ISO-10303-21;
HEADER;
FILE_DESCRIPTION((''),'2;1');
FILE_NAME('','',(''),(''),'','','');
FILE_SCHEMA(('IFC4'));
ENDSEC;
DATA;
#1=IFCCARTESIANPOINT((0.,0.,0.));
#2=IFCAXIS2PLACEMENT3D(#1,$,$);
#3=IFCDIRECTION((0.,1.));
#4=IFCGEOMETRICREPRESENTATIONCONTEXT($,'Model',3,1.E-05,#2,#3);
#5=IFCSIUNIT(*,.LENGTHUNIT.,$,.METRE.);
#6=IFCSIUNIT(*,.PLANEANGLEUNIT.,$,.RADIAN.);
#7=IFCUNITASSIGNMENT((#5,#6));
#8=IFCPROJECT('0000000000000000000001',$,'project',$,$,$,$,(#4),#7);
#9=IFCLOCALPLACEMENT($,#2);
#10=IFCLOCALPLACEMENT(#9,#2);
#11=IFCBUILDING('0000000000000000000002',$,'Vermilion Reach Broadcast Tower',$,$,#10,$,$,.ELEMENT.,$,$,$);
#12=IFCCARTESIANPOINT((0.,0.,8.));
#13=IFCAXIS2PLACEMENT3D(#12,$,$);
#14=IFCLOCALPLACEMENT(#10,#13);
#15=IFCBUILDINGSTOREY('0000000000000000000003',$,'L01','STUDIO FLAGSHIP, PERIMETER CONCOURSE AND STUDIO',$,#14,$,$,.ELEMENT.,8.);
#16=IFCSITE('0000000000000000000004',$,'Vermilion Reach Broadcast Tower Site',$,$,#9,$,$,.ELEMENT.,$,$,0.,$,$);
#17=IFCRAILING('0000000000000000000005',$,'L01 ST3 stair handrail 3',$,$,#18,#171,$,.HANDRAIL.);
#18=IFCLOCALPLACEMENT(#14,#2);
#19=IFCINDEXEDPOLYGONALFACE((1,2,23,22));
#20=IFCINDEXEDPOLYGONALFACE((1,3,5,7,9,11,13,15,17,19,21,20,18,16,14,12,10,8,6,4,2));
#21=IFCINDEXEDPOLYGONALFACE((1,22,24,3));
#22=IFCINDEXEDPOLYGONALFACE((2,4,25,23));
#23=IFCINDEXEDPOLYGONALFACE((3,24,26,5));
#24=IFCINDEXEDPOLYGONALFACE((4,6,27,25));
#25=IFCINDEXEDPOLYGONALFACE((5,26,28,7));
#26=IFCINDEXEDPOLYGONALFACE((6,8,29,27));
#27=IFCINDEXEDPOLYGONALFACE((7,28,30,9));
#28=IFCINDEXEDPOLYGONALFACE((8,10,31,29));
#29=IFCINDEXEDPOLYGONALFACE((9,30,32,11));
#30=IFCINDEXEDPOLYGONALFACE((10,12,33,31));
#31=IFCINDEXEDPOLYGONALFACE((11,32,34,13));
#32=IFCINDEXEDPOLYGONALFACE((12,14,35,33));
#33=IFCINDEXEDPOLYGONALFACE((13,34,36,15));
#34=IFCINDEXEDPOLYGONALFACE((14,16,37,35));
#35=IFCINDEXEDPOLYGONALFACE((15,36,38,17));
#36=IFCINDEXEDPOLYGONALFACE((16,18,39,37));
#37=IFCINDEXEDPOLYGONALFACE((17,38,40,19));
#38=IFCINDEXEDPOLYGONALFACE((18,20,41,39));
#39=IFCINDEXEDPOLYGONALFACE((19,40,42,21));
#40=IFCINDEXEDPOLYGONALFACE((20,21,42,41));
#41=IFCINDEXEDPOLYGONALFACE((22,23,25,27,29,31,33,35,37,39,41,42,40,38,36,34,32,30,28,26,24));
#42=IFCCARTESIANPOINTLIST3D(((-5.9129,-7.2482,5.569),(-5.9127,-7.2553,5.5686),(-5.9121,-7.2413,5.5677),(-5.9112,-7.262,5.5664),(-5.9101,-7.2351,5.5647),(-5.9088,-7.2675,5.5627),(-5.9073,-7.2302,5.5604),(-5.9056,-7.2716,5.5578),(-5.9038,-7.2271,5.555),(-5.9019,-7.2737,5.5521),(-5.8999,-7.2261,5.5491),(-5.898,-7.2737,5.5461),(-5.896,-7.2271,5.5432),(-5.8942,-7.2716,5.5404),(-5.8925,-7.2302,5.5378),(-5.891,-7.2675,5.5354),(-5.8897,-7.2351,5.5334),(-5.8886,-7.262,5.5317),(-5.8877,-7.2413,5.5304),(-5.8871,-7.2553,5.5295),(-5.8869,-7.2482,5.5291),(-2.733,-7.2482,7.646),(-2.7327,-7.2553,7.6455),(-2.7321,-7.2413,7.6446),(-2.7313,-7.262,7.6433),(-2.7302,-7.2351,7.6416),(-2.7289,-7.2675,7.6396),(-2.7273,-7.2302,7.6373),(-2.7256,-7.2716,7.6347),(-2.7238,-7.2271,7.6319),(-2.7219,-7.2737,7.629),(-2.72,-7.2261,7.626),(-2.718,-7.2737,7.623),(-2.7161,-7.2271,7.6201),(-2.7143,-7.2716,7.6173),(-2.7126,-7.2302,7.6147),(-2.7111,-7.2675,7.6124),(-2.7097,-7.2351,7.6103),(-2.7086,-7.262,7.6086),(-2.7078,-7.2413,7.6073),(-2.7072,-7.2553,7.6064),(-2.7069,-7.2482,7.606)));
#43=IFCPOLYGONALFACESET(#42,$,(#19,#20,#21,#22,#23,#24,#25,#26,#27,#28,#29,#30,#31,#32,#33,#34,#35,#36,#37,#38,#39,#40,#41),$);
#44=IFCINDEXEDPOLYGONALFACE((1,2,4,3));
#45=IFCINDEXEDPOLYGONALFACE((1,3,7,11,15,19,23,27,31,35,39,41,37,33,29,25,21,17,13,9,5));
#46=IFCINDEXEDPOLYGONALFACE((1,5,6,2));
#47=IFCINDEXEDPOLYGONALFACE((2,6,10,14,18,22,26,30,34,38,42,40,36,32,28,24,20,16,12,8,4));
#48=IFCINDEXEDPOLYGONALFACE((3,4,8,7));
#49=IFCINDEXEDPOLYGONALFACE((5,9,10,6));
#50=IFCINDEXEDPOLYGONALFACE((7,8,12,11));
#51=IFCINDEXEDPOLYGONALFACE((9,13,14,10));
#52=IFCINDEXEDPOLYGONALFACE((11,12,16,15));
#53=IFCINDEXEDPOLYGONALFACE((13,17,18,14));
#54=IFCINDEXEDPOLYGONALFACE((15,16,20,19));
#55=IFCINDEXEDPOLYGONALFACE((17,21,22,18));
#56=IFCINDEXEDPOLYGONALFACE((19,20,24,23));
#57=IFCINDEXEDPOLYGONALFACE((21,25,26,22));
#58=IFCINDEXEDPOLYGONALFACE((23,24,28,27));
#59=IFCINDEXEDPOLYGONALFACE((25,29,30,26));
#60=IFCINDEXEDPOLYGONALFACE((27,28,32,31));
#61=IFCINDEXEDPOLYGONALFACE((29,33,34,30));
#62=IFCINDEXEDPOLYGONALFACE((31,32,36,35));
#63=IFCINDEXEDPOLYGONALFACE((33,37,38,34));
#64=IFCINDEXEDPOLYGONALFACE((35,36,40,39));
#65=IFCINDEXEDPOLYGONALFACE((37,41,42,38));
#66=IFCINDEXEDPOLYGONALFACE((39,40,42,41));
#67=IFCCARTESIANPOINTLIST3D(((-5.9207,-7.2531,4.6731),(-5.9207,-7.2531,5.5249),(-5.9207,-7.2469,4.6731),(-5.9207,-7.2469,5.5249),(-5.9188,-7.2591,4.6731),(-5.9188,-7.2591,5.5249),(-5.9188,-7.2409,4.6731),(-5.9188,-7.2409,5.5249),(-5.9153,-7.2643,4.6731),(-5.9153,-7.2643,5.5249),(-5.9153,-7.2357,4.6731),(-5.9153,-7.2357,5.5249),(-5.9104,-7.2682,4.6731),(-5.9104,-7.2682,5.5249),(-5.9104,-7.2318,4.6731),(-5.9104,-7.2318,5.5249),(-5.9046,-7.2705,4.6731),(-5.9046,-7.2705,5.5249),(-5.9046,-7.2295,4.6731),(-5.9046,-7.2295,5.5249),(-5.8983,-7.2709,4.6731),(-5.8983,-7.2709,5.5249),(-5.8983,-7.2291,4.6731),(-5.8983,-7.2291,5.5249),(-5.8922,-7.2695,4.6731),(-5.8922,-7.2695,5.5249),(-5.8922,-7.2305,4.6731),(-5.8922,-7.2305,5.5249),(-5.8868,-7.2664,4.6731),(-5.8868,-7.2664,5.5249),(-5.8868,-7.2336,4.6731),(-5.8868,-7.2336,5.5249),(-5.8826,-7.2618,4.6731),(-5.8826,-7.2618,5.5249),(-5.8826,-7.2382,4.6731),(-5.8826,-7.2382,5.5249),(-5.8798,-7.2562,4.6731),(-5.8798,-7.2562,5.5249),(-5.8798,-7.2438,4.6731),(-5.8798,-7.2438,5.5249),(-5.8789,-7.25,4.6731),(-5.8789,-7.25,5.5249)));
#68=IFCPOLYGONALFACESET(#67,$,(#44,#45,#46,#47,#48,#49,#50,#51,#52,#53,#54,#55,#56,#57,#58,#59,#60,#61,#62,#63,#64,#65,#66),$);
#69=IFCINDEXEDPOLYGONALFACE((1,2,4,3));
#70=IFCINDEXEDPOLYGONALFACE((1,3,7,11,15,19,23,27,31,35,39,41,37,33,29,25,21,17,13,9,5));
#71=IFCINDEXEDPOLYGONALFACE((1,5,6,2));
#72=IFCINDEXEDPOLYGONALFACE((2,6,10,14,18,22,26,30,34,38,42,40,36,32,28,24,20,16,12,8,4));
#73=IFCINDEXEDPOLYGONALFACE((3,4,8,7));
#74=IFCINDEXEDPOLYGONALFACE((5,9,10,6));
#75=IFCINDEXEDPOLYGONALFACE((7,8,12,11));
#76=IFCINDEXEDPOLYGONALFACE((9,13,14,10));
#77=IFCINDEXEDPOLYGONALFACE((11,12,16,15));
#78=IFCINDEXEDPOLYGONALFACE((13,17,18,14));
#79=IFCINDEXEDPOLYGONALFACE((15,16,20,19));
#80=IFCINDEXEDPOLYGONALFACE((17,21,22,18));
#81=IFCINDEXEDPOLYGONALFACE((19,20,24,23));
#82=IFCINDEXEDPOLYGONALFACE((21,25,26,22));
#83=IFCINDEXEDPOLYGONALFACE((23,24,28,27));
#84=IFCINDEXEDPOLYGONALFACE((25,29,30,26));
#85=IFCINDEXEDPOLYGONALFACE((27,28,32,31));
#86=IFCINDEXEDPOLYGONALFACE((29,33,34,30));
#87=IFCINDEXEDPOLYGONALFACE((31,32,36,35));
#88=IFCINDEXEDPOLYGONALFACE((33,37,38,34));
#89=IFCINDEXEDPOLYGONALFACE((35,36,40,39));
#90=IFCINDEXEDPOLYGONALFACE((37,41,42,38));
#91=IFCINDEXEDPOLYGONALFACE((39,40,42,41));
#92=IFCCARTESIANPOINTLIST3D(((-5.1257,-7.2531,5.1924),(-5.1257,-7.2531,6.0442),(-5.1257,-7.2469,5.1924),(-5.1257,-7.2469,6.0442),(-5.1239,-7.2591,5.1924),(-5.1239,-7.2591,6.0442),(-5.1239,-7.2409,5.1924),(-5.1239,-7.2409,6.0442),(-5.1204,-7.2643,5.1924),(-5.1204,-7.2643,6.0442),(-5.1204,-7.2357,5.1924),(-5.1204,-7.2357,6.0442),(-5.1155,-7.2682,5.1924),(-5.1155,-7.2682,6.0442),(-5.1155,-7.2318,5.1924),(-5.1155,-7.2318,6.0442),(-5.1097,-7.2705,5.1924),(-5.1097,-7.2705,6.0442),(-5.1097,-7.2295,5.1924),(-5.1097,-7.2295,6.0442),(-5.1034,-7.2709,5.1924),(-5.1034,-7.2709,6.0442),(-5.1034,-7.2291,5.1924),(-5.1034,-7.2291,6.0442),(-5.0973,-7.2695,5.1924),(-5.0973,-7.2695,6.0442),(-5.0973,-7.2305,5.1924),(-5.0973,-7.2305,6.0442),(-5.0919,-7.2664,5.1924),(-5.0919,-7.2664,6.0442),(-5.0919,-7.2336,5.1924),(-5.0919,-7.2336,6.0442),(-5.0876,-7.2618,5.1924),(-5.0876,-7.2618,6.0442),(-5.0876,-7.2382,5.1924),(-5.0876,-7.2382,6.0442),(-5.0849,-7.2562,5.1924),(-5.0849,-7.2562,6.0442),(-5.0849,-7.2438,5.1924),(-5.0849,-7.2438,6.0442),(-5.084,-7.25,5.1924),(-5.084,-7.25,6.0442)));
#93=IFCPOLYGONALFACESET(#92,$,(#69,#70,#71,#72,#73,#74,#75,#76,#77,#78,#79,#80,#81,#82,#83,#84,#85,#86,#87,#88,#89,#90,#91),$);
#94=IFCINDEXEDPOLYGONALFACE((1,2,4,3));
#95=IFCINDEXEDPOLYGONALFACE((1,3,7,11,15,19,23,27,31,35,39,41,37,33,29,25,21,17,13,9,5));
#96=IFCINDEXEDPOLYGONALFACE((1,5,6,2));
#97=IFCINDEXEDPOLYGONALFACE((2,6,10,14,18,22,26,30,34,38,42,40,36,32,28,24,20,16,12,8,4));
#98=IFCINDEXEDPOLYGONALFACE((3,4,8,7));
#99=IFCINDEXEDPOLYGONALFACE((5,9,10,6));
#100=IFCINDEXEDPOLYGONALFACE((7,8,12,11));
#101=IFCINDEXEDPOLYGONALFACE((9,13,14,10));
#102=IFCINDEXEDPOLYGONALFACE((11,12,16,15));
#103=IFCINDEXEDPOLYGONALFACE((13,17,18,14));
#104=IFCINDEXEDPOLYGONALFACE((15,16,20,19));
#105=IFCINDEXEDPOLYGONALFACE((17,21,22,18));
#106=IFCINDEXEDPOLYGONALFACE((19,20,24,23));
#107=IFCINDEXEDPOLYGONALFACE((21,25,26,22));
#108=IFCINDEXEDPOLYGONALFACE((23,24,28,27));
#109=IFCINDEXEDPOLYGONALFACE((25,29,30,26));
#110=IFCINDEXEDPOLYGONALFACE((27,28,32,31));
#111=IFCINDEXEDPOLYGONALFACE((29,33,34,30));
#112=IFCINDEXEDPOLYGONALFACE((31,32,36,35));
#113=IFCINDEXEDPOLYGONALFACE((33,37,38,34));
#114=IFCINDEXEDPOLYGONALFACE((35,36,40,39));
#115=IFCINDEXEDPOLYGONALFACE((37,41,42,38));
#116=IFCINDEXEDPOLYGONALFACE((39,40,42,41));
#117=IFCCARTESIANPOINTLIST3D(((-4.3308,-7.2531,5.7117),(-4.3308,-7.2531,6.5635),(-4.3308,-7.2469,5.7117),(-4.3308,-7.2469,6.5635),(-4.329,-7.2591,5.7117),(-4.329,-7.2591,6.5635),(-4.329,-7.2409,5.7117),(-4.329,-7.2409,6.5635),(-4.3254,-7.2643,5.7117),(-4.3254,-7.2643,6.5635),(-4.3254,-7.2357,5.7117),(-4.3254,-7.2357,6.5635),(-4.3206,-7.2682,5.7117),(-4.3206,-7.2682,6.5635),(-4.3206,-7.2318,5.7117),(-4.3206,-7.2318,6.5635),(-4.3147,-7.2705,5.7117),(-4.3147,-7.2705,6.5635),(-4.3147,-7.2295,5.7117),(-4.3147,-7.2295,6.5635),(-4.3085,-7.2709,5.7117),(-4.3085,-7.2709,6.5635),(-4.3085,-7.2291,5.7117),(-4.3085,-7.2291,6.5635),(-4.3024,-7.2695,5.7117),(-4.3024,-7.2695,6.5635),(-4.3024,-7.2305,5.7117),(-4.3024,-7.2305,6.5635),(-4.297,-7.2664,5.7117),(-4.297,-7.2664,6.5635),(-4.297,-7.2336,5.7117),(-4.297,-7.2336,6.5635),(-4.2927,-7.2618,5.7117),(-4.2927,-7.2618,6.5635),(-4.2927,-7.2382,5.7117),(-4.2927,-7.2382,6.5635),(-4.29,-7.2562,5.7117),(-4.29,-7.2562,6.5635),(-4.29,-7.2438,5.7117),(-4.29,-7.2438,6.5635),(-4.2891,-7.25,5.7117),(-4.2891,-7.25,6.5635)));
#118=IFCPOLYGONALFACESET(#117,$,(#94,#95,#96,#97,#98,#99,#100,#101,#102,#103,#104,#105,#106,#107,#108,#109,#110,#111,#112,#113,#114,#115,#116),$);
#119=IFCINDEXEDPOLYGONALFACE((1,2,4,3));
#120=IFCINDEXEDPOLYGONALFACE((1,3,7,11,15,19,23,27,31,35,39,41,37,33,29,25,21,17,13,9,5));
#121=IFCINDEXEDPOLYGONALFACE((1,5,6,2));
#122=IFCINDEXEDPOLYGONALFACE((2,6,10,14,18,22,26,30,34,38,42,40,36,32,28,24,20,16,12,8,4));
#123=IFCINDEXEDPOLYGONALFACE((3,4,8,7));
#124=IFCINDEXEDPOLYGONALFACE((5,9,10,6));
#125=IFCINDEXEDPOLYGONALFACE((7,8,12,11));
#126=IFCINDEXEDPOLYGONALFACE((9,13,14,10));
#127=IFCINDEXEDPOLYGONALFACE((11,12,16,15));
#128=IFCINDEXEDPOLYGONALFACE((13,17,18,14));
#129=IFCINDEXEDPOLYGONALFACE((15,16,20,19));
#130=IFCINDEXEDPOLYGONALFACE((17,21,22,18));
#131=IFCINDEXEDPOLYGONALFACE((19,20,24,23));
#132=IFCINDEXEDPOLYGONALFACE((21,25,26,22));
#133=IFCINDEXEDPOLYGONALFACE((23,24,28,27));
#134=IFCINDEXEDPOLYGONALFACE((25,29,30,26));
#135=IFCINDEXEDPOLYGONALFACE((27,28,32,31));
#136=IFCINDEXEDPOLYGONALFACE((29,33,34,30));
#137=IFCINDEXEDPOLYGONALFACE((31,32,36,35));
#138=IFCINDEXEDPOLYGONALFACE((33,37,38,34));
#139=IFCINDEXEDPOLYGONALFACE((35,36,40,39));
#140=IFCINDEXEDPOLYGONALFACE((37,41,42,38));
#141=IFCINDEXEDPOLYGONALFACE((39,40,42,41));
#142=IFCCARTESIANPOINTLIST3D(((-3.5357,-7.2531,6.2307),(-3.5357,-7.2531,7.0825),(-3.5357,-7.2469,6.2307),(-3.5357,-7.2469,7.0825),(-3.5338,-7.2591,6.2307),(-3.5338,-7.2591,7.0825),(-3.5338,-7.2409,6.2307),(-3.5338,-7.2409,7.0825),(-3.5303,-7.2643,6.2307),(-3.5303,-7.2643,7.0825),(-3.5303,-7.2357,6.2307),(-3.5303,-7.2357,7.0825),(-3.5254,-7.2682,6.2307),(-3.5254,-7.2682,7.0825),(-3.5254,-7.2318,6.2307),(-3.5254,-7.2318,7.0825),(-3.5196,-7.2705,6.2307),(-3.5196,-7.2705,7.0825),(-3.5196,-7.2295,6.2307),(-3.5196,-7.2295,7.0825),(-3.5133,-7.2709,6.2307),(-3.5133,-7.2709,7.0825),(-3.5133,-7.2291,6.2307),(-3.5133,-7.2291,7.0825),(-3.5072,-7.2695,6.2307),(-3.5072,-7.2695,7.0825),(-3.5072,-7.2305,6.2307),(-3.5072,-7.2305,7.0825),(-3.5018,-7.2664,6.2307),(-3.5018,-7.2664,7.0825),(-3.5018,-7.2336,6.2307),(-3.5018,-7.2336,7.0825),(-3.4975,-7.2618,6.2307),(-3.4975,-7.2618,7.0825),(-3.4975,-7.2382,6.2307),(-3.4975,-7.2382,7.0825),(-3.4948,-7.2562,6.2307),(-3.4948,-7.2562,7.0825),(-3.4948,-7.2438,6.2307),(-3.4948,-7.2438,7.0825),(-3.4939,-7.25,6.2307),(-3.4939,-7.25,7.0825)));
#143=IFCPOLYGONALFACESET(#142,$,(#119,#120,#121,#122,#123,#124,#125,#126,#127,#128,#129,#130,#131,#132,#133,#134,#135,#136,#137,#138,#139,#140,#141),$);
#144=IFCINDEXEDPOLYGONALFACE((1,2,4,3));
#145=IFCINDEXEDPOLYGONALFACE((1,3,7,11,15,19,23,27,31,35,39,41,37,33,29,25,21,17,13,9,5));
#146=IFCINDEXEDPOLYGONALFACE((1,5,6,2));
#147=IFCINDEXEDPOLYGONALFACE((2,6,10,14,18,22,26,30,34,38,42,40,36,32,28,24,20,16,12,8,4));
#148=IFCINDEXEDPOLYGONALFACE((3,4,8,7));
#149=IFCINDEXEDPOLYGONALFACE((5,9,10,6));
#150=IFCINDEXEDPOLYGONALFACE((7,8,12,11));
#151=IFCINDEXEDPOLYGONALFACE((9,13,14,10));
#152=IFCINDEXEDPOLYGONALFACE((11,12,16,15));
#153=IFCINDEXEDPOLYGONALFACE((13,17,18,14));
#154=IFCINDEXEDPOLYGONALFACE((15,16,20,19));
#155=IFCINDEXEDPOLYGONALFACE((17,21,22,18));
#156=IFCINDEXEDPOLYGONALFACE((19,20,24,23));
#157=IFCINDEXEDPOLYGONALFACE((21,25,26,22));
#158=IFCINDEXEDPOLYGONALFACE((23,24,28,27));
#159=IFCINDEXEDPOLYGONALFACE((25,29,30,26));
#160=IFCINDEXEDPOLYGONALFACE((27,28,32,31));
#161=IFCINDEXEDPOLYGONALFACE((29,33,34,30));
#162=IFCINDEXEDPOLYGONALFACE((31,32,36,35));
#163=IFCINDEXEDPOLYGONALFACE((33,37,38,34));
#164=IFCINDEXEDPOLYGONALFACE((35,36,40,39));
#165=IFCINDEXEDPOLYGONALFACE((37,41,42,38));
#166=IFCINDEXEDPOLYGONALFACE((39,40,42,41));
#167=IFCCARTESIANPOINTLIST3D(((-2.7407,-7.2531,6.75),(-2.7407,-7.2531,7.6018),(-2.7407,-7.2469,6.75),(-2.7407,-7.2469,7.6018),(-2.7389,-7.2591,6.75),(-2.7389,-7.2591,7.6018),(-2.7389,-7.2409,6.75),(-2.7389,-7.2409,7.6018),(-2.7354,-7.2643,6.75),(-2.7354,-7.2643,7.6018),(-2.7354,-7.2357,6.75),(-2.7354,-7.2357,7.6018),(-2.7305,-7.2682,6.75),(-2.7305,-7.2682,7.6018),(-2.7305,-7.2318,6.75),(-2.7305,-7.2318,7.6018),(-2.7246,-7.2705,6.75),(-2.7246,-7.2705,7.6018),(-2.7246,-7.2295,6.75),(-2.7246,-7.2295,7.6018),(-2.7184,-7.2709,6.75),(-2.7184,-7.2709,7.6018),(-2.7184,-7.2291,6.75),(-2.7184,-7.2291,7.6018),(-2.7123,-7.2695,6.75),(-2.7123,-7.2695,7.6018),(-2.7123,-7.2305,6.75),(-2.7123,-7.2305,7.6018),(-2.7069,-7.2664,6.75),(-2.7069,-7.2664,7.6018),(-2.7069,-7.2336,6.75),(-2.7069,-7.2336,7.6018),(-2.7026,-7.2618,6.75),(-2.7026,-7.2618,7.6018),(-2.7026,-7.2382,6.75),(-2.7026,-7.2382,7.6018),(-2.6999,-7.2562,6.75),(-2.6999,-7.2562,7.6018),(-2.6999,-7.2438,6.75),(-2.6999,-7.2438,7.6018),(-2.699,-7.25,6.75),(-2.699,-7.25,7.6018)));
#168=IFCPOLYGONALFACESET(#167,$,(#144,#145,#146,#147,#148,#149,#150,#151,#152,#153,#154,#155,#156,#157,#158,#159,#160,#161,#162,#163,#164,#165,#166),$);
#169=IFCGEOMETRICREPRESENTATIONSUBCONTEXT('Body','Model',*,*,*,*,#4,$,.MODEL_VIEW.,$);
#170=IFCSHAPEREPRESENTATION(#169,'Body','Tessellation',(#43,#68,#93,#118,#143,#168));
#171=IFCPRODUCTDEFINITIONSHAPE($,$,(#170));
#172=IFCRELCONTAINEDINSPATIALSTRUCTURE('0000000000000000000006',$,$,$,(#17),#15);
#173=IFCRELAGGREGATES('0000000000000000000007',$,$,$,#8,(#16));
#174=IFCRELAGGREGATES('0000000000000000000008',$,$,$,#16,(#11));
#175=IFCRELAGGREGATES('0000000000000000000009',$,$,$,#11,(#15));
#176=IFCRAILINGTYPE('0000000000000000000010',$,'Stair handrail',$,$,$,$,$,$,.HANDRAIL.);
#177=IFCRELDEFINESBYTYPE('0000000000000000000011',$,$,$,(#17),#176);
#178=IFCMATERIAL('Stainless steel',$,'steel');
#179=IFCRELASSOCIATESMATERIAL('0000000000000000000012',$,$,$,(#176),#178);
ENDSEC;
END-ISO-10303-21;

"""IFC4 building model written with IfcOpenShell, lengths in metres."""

from ifc_helpers import new_model, si_unit, direction, frame, origin, origin_2d, place, context, subcontext, project, spatial, circle, extrude, material, type_object, element, save


model = new_model("IFC4")

# Units and contexts
model_context = context("Model", 3, precision=1e-05, world=origin(), true_north=direction((0.0, 1.0)))
body_context = subcontext(model_context, "Body", "Model", "MODEL_VIEW")
ifc_project = project(units=[si_unit("LENGTHUNIT", "METRE"), si_unit("PLANEANGLEUNIT", "RADIAN")], contexts=[model_context])

# Site, building, storey
site_placement = place(None, origin())
site = spatial("IfcSite", under=ifc_project, at=site_placement, Name="Vermilion Reach Broadcast Tower Site", CompositionType="ELEMENT", RefElevation=0.0)
building_placement = place(site_placement, origin())
building = spatial("IfcBuilding", under=site, at=building_placement, Name="Vermilion Reach Broadcast Tower", CompositionType="ELEMENT")
storey_placement = place(building_placement, frame((0.0, 0.0, 8.0)))
storey = spatial("IfcBuildingStorey", under=building, at=storey_placement, Name="L01", Description="STUDIO FLAGSHIP, PERIMETER CONCOURSE AND STUDIO", CompositionType="ELEMENT", Elevation=8.0)

# Railing
ifc_material_1 = material(Name="Stainless steel", Category="steel")
railing_type_1 = type_object("IfcRailingType", Name="Stair handrail", PredefinedType="HANDRAIL", material=ifc_material_1)
railing_1_placement = place(storey_placement, frame((-5.8999, -7.25, 4.6731)))
element("IfcRailing", 1, at=railing_1_placement, inside=storey, type_object=railing_type_1, Name="L01 ST3 stair handrail 3", PredefinedType="HANDRAIL", context=body_context, shape_type="SweptSolid", body=[
    extrude(circle(Radius=0.0239, at=origin_2d()), frame((0.0, 0.0, 0.876), z_axis=(0.837245, 0.0, 0.546828), x_axis=(0.0, 1.0, 0.0)), (0.0, 0.0, 1.0), 3.7981),
    extrude(circle(Radius=0.021, at=origin_2d()), origin(), (0.0, 0.0, 1.0), 0.8518),
    extrude(circle(Radius=0.021, at=origin_2d()), frame((0.7949, 0.0, 0.5193)), (0.0, 0.0, 1.0), 0.8518),
    extrude(circle(Radius=0.021, at=origin_2d()), frame((1.5898, 0.0, 1.0386)), (0.0, 0.0, 1.0), 0.8518),
    extrude(circle(Radius=0.021, at=origin_2d()), frame((2.385, 0.0, 1.5576)), (0.0, 0.0, 1.0), 0.8518),
    extrude(circle(Radius=0.021, at=origin_2d()), frame((3.1799, 0.0, 2.0769)), (0.0, 0.0, 1.0), 0.8518),
])

save(model, "model.ifc")
